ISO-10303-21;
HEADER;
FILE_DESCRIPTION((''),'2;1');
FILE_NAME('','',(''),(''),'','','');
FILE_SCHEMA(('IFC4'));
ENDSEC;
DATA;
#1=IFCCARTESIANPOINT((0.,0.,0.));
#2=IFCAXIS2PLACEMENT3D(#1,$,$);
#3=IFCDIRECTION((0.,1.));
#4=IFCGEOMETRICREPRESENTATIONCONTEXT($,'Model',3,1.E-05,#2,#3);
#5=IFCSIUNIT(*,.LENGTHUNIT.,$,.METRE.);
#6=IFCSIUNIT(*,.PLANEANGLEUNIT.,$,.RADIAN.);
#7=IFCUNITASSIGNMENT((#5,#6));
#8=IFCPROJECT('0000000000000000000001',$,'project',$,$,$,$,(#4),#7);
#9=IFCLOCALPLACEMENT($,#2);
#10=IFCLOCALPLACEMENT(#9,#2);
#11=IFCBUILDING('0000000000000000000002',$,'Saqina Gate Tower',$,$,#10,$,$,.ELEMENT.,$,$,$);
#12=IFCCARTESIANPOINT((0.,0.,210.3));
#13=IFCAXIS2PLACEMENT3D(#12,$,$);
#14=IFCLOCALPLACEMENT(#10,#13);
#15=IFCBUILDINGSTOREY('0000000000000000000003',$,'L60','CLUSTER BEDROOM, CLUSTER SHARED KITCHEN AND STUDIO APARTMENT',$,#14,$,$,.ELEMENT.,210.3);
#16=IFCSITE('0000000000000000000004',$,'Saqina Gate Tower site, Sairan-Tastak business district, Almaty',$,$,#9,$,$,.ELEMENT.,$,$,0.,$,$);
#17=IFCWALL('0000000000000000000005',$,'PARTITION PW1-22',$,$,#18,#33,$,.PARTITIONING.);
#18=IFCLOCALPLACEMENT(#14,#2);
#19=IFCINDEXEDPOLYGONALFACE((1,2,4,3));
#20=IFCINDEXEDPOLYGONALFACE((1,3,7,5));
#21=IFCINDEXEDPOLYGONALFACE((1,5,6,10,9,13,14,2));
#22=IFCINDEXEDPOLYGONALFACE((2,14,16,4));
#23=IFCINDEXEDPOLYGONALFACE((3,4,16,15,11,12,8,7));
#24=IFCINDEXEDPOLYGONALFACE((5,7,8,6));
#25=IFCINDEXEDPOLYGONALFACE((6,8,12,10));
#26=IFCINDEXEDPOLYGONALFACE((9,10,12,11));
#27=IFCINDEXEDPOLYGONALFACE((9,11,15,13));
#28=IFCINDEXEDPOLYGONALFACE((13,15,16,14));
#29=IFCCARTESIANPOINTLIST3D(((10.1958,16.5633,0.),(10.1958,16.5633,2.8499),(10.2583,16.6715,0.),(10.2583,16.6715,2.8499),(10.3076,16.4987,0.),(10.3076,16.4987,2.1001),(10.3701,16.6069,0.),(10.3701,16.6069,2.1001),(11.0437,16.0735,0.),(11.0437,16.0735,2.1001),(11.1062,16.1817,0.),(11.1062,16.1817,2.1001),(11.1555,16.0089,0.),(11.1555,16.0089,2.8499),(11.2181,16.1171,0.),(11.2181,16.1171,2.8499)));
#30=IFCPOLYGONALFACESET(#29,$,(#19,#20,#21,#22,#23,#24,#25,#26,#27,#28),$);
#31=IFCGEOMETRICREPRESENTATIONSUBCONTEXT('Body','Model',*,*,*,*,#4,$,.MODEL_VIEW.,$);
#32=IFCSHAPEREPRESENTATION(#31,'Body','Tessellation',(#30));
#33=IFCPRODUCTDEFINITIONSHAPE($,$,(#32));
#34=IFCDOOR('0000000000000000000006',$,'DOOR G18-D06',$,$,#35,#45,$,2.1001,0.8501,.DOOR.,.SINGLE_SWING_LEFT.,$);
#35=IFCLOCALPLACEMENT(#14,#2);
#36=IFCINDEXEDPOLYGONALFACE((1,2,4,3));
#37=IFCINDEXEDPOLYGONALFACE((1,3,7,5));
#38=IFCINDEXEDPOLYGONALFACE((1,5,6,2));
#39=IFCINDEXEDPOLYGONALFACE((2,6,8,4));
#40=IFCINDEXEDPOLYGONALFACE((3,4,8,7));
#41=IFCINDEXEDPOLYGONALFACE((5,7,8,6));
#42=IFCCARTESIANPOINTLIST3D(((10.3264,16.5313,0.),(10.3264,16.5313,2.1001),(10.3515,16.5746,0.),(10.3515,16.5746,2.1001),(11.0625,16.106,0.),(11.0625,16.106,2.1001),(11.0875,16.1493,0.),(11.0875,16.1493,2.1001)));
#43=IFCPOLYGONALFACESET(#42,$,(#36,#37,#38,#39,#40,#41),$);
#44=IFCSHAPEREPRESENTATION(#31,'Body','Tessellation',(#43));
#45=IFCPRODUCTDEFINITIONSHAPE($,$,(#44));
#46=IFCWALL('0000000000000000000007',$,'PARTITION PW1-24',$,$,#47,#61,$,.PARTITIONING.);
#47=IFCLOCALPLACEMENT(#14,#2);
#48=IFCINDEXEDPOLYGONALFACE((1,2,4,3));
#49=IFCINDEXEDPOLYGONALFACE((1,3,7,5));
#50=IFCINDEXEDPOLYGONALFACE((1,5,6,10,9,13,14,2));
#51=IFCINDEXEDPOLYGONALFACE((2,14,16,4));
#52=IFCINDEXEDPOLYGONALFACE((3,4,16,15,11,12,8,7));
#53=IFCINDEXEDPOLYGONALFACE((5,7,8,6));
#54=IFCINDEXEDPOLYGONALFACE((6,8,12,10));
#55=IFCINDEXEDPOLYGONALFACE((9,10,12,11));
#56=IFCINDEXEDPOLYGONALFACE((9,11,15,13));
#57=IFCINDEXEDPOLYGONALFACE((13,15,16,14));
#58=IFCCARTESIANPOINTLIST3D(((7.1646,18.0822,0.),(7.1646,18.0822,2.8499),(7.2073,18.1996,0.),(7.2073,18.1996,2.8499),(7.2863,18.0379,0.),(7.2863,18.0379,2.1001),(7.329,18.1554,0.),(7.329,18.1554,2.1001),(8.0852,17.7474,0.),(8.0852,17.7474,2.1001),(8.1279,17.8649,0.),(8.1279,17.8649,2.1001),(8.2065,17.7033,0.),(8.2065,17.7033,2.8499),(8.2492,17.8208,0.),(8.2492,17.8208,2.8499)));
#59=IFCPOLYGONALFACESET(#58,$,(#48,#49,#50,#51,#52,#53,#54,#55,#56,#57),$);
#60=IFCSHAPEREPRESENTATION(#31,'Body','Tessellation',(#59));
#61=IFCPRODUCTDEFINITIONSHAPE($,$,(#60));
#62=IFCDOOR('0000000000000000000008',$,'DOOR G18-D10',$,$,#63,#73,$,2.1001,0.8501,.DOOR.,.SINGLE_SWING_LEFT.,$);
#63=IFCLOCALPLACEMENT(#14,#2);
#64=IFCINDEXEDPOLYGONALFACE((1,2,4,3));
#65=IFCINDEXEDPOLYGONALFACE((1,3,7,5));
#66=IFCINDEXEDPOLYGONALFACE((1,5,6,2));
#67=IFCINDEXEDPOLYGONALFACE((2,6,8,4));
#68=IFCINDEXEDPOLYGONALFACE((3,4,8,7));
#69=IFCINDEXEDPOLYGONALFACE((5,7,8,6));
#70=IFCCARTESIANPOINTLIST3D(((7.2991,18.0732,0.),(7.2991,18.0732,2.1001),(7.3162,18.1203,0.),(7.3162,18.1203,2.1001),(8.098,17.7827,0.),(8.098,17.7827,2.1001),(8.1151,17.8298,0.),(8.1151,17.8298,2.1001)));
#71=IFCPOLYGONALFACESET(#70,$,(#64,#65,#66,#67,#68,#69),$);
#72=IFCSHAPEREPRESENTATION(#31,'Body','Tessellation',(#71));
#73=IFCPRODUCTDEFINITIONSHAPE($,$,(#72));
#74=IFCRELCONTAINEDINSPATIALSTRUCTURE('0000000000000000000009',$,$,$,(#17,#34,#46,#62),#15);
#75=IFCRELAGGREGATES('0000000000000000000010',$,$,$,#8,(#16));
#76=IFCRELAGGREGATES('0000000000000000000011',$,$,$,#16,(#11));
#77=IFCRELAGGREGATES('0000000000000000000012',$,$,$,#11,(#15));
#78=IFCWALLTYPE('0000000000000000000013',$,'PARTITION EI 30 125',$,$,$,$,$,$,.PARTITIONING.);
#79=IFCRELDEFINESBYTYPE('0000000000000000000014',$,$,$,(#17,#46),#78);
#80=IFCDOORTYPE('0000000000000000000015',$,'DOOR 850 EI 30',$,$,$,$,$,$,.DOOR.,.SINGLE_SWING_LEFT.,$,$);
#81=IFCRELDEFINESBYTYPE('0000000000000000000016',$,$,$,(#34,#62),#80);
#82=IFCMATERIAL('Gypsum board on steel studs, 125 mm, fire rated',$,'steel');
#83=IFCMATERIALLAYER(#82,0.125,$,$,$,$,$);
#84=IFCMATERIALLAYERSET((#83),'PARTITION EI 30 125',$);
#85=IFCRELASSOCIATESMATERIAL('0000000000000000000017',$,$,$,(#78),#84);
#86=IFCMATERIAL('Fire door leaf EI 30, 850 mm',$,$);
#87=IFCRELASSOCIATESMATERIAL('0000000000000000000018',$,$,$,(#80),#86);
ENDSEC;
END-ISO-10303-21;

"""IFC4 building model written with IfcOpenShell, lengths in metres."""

from ifc_helpers import new_model, si_unit, direction, frame, frame_2d, origin, place, context, subcontext, project, spatial, rectangle, extrude, material, layer, layer_set, type_object, element, fill, save


model = new_model("IFC4")

# Units and contexts
model_context = context("Model", 3, precision=1e-05, world=origin(), true_north=direction((0.0, 1.0)))
body_context = subcontext(model_context, "Body", "Model", "MODEL_VIEW")
ifc_project = project(units=[si_unit("LENGTHUNIT", "METRE"), si_unit("PLANEANGLEUNIT", "RADIAN")], contexts=[model_context])

# Site, building, storey
site_placement = place(None, origin())
site = spatial("IfcSite", under=ifc_project, at=site_placement, Name="Saqina Gate Tower site, Sairan-Tastak business district, Almaty", CompositionType="ELEMENT", RefElevation=0.0)
building_placement = place(site_placement, origin())
building = spatial("IfcBuilding", under=site, at=building_placement, Name="Saqina Gate Tower", CompositionType="ELEMENT")
storey_placement = place(building_placement, frame((0.0, 0.0, 210.3)))
storey = spatial("IfcBuildingStorey", under=building, at=storey_placement, Name="L60", Description="CLUSTER BEDROOM, CLUSTER SHARED KITCHEN AND STUDIO APARTMENT", CompositionType="ELEMENT", Elevation=210.3)

# Walls, openings, doors
ifc_material_1 = material(Name="Gypsum board on steel studs, 125 mm, fire rated", Category="steel")
ifc_layer_1 = layer(ifc_material_1, 0.125)
ifc_layer_set_1 = layer_set([ifc_layer_1], Name="PARTITION EI 30 125")
wall_type_1 = type_object("IfcWallType", Name="PARTITION EI 30 125", PredefinedType="PARTITIONING", material=ifc_layer_set_1)
wall_1_placement = place(storey_placement, frame((10.2271, 16.6174, 0.0), z_axis=(0.0, 0.0, 1.0), x_axis=(0.865888, -0.500237, 0.0)))
wall_1 = element("IfcWall", 1, at=wall_1_placement, inside=storey, type_object=wall_type_1, Name="PARTITION PW1-22", PredefinedType="PARTITIONING", context=body_context, shape_type="SweptSolid", body=[
    extrude(rectangle(XDim=1.1084, YDim=0.125, at=frame_2d((0.5542, 0.0))), origin(), (0.0, 0.0, 1.0), 2.8499),
])
opening_1_placement = place(wall_1_placement, frame((0.1292, 0.0, 0.0)))
opening_1 = element("IfcOpeningElement", 2, at=opening_1_placement, cuts=wall_1, PredefinedType="OPENING", context=body_context, shape_type="SweptSolid", body=[
    extrude(rectangle(XDim=0.8501, YDim=2.1001, at=frame_2d((0.425, 1.05))), frame((0.0, 0.0745, 0.0), z_axis=(0.0, -1.0, 0.0), x_axis=(1.0, 0.0, 0.0)), (0.0, 0.0, 1.0), 0.1489),
])
ifc_material_2 = material(Name="Fire door leaf EI 30, 850 mm")
door_type_1 = type_object("IfcDoorType", Name="DOOR 850 EI 30", OperationType="SINGLE_SWING_LEFT", PredefinedType="DOOR", material=ifc_material_2)
door_1_placement = place(opening_1_placement, frame((0.8501, 0.0, 0.0), z_axis=(0.0, 0.0, 1.0), x_axis=(-1.0, 0.0, 0.0)))
door_1 = element("IfcDoor", 3, at=door_1_placement, inside=storey, type_object=door_type_1, Name="DOOR G18-D06", OperationType="SINGLE_SWING_LEFT", OverallHeight=2.1001, OverallWidth=0.8501, PredefinedType="DOOR", context=body_context, shape_type="SweptSolid", body=[
    extrude(rectangle(XDim=0.8501, YDim=2.1001, at=frame_2d((0.425, 1.05))), frame((0.0, 0.0249, 0.0), z_axis=(0.0, -1.0, 0.0), x_axis=(1.0, 0.0, 0.0)), (0.0, 0.0, 1.0), 0.05),
])
fill(opening_1, door_1)
wall_2_placement = place(storey_placement, frame((7.186, 18.1409, 0.0), z_axis=(0.0, 0.0, 1.0), x_axis=(0.939793, -0.341743, 0.0)))
wall_2 = element("IfcWall", 4, at=wall_2_placement, inside=storey, type_object=wall_type_1, Name="PARTITION PW1-24", PredefinedType="PARTITIONING", context=body_context, shape_type="SweptSolid", body=[
    extrude(rectangle(XDim=1.1086, YDim=0.125, at=frame_2d((0.5542, 0.0))), origin(), (0.0, 0.0, 1.0), 2.8499),
])
opening_2_placement = place(wall_2_placement, frame((0.1294, 0.0, 0.0)))
opening_2 = element("IfcOpeningElement", 5, at=opening_2_placement, cuts=wall_2, PredefinedType="OPENING", context=body_context, shape_type="SweptSolid", body=[
    extrude(rectangle(XDim=0.8501, YDim=2.1001, at=frame_2d((0.425, 1.05))), frame((0.0, 0.0745, 0.0), z_axis=(0.0, -1.0, 0.0), x_axis=(1.0, 0.0, 0.0)), (0.0, 0.0, 1.0), 0.1489),
])
door_2_placement = place(opening_2_placement, frame((0.8501, 0.0, 0.0), z_axis=(0.0, 0.0, 1.0), x_axis=(-1.0, 0.0, 0.0)))
door_2 = element("IfcDoor", 6, at=door_2_placement, inside=storey, type_object=door_type_1, Name="DOOR G18-D10", OperationType="SINGLE_SWING_LEFT", OverallHeight=2.1001, OverallWidth=0.8501, PredefinedType="DOOR", context=body_context, shape_type="SweptSolid", body=[
    extrude(rectangle(XDim=0.8501, YDim=2.1001, at=frame_2d((0.425, 1.05))), frame((0.0, 0.0249, 0.0), z_axis=(0.0, -1.0, 0.0), x_axis=(1.0, 0.0, 0.0)), (0.0, 0.0, 1.0), 0.05),
])
fill(opening_2, door_2)

save(model, "model.ifc")
